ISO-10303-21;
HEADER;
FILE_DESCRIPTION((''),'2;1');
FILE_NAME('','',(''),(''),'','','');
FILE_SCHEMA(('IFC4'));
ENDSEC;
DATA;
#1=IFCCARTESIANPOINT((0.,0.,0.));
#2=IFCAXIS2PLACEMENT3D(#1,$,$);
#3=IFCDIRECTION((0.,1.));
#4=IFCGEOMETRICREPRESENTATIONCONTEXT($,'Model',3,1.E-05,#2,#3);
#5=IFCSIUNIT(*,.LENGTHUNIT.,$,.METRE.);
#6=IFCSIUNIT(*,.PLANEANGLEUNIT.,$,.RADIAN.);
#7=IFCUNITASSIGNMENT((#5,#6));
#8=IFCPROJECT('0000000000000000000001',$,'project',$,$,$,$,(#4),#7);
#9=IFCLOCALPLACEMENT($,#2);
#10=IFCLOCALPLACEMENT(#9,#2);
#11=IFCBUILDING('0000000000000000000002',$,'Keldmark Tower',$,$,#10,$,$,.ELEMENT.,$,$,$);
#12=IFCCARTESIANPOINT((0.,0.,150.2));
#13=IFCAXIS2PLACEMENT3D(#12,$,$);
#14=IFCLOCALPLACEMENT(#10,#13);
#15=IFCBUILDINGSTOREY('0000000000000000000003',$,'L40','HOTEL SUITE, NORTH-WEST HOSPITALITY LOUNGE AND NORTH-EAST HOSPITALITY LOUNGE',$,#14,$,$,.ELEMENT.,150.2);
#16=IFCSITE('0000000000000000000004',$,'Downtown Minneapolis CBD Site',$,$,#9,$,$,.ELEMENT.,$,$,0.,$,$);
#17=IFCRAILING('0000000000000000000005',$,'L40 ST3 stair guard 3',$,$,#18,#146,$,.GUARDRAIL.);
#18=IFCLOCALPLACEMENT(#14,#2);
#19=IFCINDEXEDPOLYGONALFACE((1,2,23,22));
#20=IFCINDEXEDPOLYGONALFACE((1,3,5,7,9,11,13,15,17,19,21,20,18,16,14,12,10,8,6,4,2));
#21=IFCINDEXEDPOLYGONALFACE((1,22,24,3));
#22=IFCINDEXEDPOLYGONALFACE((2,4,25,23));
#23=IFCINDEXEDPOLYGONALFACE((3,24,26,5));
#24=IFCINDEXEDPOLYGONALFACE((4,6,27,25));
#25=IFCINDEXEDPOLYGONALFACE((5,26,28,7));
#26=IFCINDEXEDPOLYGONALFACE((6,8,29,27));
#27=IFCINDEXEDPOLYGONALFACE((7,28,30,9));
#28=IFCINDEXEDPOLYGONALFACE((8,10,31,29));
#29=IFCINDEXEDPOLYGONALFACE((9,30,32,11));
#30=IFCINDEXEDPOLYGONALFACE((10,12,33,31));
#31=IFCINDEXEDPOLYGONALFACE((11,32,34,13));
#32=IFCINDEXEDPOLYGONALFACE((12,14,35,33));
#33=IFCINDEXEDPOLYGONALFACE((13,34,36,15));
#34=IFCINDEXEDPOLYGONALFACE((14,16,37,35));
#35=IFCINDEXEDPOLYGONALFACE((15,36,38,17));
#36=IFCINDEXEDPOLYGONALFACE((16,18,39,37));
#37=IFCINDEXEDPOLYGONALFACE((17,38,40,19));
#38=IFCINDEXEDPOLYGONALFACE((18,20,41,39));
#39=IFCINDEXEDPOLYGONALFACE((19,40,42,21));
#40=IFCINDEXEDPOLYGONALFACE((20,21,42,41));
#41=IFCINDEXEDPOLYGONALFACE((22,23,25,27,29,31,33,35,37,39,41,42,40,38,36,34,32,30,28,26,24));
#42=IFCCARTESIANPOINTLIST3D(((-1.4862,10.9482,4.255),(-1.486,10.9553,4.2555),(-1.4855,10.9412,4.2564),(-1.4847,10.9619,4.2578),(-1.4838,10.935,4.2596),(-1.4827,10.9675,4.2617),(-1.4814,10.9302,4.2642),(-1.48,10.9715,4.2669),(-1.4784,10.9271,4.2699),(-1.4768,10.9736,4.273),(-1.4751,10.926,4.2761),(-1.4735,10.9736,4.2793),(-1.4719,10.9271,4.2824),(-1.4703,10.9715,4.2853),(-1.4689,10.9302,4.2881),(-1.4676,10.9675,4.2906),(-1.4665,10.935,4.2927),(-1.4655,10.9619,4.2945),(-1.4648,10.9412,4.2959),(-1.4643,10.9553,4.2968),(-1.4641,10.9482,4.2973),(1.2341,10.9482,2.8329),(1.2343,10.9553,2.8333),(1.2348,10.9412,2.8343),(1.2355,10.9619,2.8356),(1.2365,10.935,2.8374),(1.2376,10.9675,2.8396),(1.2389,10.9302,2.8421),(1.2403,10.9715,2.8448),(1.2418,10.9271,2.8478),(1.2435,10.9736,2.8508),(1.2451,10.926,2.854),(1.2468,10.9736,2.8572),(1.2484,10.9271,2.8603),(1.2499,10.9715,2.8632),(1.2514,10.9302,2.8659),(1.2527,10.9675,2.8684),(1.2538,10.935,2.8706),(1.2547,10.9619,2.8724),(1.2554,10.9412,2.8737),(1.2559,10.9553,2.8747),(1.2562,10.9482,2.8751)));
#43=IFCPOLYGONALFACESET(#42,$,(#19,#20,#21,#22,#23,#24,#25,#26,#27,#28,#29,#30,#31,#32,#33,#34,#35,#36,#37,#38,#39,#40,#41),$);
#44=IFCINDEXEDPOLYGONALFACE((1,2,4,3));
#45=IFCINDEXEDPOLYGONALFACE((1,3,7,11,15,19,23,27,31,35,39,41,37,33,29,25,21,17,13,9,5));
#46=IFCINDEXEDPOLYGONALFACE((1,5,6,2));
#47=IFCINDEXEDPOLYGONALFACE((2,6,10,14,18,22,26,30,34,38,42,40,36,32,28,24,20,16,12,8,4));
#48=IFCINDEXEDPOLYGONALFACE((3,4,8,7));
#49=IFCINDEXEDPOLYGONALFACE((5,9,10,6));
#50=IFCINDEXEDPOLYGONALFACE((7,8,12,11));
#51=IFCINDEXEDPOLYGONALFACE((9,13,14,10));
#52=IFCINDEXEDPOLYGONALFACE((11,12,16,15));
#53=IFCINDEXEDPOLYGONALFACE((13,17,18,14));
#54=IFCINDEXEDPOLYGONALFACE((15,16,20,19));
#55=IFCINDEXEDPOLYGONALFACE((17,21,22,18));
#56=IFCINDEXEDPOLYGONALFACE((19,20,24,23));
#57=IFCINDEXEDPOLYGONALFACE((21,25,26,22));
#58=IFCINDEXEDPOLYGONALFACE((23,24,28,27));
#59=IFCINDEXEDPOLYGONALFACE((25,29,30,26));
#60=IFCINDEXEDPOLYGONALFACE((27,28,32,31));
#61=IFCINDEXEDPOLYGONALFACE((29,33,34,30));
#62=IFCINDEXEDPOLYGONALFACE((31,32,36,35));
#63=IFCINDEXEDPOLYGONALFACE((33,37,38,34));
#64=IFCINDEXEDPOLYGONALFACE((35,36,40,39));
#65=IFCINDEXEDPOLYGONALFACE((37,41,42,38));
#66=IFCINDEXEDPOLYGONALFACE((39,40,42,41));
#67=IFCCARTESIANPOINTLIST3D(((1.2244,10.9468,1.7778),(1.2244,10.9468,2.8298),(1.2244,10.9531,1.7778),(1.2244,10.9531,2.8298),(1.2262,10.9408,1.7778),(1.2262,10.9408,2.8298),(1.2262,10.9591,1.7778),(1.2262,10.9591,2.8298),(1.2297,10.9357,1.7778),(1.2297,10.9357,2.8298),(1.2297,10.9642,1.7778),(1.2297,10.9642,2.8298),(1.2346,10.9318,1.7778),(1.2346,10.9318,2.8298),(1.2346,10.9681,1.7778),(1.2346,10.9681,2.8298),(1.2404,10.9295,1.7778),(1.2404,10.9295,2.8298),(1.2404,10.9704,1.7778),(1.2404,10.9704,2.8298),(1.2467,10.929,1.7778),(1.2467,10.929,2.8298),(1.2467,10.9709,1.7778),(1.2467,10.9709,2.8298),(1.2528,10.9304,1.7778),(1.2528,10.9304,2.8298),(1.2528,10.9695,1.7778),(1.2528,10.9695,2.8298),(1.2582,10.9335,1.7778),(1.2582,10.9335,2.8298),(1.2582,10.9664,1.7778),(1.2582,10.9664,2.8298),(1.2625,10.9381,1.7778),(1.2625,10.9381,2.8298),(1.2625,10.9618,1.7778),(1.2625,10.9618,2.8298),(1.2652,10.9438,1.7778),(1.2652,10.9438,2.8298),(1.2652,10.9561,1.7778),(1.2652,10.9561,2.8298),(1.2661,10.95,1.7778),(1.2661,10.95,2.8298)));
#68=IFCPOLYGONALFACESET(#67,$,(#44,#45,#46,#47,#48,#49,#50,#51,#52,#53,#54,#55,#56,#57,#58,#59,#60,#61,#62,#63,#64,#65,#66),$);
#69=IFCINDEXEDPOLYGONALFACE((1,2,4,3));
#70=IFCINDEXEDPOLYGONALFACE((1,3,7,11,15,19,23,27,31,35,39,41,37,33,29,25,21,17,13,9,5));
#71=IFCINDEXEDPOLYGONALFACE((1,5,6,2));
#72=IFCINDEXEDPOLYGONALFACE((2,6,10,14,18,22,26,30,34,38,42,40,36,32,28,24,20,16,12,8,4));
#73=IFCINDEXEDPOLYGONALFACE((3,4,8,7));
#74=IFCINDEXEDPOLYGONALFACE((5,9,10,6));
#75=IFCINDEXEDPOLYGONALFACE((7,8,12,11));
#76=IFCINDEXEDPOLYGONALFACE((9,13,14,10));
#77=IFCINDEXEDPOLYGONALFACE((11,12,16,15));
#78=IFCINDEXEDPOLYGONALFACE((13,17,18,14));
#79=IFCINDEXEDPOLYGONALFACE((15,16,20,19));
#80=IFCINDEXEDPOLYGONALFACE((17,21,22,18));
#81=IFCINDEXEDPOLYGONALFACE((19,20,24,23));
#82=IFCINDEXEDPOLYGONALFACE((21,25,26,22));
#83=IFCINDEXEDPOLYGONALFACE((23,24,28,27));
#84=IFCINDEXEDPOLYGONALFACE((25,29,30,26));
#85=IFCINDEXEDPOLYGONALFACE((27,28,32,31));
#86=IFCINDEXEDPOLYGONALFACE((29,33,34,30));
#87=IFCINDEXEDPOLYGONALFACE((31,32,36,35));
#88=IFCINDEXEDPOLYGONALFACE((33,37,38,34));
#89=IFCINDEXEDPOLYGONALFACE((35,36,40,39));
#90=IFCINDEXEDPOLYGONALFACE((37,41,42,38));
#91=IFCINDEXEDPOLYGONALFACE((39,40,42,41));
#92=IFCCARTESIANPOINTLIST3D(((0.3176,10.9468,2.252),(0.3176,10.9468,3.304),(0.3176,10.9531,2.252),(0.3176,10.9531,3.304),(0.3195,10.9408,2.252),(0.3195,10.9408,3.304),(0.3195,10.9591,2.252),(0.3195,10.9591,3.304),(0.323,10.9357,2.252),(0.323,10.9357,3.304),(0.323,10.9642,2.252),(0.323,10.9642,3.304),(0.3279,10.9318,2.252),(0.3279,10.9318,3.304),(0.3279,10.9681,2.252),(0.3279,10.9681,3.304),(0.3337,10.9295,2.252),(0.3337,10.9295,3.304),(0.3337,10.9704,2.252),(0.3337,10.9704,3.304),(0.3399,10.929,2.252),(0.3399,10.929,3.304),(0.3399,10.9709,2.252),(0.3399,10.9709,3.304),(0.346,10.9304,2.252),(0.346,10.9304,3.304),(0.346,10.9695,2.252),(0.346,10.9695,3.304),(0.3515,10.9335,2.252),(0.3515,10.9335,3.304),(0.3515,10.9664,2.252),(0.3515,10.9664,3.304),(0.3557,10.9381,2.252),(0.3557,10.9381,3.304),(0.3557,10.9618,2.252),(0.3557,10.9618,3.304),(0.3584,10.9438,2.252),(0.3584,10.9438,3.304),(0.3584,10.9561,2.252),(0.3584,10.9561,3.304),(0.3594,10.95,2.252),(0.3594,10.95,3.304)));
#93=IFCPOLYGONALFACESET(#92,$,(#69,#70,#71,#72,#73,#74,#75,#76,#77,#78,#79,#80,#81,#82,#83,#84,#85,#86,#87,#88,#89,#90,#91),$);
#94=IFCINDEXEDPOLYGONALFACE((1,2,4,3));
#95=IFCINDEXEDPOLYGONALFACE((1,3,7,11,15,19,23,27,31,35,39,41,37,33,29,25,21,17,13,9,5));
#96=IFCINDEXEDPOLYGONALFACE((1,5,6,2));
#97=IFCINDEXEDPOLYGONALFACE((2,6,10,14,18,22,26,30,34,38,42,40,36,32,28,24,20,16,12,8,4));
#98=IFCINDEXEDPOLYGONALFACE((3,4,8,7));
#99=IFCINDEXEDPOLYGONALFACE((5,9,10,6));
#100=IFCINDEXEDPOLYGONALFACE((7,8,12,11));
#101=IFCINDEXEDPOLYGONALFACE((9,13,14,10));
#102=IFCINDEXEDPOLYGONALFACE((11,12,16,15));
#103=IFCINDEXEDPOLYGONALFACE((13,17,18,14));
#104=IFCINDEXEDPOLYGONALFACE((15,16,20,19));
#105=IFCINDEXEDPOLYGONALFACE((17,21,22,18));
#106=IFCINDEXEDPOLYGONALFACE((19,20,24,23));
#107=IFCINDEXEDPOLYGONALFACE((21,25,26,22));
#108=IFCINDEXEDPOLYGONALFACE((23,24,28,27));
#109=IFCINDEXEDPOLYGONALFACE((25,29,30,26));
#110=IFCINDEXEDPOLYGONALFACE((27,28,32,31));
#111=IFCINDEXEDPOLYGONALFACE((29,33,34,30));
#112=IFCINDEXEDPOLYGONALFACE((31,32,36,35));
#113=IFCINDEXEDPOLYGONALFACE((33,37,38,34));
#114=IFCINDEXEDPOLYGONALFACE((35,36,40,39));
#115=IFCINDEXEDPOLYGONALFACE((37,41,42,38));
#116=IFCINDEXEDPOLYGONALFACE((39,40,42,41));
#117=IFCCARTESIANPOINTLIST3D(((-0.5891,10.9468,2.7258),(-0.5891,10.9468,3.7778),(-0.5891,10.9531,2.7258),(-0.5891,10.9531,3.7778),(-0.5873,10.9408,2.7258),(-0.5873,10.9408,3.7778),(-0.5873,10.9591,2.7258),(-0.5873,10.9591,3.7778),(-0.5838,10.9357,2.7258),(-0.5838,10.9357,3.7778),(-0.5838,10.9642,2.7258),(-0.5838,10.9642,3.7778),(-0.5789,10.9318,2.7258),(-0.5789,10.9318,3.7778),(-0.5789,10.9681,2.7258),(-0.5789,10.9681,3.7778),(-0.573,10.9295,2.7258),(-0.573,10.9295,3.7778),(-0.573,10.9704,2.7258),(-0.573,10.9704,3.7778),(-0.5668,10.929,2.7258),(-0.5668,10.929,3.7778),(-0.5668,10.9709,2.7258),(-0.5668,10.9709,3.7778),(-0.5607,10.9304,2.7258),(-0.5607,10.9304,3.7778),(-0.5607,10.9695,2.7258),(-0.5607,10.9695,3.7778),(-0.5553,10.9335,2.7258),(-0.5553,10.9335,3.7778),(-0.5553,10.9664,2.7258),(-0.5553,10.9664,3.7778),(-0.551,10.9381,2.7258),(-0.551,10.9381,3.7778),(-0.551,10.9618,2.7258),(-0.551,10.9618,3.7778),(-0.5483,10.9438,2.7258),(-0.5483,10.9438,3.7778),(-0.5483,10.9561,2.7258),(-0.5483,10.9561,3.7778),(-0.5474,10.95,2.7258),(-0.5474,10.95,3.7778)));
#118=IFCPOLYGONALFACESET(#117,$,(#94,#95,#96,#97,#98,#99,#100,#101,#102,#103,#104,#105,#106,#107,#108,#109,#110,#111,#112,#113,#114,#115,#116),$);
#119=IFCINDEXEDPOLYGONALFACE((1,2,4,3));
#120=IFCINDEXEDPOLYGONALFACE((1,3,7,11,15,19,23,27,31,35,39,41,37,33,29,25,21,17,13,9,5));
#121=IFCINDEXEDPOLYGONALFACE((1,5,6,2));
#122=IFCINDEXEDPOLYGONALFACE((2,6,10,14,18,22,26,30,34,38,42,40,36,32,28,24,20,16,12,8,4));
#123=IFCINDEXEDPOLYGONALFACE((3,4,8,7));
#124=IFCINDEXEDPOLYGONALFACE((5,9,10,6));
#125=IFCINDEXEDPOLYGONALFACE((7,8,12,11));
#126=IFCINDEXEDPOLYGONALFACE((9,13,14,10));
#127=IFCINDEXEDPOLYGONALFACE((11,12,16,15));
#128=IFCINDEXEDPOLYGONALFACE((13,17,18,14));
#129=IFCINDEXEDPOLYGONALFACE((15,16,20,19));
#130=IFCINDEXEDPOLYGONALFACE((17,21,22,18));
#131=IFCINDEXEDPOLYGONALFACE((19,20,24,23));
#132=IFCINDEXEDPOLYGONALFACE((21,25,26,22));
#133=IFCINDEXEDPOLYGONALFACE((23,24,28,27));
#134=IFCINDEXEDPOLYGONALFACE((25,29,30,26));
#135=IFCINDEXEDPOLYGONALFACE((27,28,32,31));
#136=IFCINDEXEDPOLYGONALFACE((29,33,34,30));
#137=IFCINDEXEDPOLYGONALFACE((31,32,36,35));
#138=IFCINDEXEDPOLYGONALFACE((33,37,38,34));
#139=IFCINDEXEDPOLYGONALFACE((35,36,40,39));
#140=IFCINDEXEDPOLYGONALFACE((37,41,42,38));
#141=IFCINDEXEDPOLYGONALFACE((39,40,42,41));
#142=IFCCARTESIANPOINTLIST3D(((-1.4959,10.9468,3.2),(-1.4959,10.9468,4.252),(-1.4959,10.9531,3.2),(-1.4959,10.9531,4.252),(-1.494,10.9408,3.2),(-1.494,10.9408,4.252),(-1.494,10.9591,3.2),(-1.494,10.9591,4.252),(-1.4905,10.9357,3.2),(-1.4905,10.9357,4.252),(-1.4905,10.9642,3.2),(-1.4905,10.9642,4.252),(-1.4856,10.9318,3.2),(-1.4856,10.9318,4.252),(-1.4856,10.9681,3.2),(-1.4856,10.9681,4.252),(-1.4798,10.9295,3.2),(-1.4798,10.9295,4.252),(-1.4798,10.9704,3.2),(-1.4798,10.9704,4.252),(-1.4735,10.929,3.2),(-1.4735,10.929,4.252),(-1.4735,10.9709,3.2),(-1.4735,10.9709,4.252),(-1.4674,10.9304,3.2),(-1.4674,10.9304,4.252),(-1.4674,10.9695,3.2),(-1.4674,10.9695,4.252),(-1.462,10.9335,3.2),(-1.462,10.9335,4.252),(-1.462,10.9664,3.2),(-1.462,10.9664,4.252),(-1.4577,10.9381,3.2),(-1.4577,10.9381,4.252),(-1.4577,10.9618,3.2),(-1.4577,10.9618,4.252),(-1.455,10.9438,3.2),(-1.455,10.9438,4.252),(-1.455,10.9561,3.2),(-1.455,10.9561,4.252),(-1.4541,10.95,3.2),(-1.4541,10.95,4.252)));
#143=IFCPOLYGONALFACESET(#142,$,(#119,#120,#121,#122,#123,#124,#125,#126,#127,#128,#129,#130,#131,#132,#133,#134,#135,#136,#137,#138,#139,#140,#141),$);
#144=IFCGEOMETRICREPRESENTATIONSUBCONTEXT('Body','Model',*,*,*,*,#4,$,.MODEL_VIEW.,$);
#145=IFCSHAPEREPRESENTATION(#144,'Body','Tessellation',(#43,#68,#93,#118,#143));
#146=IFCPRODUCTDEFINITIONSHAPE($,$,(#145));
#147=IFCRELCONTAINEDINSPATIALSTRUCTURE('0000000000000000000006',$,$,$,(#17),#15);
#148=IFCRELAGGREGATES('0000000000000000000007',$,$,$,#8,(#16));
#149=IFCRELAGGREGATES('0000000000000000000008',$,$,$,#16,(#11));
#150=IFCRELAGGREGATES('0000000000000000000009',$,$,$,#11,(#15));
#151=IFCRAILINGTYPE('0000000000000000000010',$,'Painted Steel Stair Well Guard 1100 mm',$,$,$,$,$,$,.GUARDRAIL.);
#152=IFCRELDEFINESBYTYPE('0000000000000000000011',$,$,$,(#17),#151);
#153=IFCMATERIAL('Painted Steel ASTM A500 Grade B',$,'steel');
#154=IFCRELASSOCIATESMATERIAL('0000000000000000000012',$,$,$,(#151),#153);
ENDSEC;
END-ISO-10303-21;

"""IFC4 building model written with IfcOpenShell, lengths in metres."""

from ifc_helpers import new_model, si_unit, direction, frame, origin, origin_2d, place, context, subcontext, project, spatial, circle, extrude, material, type_object, element, save


model = new_model("IFC4")

# Units and contexts
model_context = context("Model", 3, precision=1e-05, world=origin(), true_north=direction((0.0, 1.0)))
body_context = subcontext(model_context, "Body", "Model", "MODEL_VIEW")
ifc_project = project(units=[si_unit("LENGTHUNIT", "METRE"), si_unit("PLANEANGLEUNIT", "RADIAN")], contexts=[model_context])

# Site, building, storey
site_placement = place(None, origin())
site = spatial("IfcSite", under=ifc_project, at=site_placement, Name="Downtown Minneapolis CBD Site", CompositionType="ELEMENT", RefElevation=0.0)
building_placement = place(site_placement, origin())
building = spatial("IfcBuilding", under=site, at=building_placement, Name="Keldmark Tower", CompositionType="ELEMENT")
storey_placement = place(building_placement, frame((0.0, 0.0, 150.2)))
storey = spatial("IfcBuildingStorey", under=building, at=storey_placement, Name="L40", Description="HOTEL SUITE, NORTH-WEST HOSPITALITY LOUNGE AND NORTH-EAST HOSPITALITY LOUNGE", CompositionType="ELEMENT", Elevation=150.2)

# Railing
ifc_material_1 = material(Name="Painted Steel ASTM A500 Grade B", Category="steel")
railing_type_1 = type_object("IfcRailingType", Name="Painted Steel Stair Well Guard 1100 mm", PredefinedType="GUARDRAIL", material=ifc_material_1)
railing_1_placement = place(storey_placement, frame((1.2451, 10.95, 1.7778)))
element("IfcRailing", 1, at=railing_1_placement, inside=storey, type_object=railing_type_1, Name="L40 ST3 stair guard 3", PredefinedType="GUARDRAIL", context=body_context, shape_type="SweptSolid", body=[
    extrude(circle(Radius=0.0239, at=origin_2d()), frame((0.0, 0.0, 1.0762), z_axis=(-0.8862, 0.0, 0.463302), x_axis=(0.0, -1.0, 0.0)), (0.0, 0.0, 1.0), 3.0696),
    extrude(circle(Radius=0.021, at=origin_2d()), origin(), (0.0, 0.0, 1.0), 1.052),
    extrude(circle(Radius=0.021, at=origin_2d()), frame((-0.9067, 0.0, 0.4741)), (0.0, 0.0, 1.0), 1.052),
    extrude(circle(Radius=0.021, at=origin_2d()), frame((-1.8135, 0.0, 0.948)), (0.0, 0.0, 1.0), 1.052),
    extrude(circle(Radius=0.021, at=origin_2d()), frame((-2.7202, 0.0, 1.4221)), (0.0, 0.0, 1.0), 1.052),
])

save(model, "model.ifc")
